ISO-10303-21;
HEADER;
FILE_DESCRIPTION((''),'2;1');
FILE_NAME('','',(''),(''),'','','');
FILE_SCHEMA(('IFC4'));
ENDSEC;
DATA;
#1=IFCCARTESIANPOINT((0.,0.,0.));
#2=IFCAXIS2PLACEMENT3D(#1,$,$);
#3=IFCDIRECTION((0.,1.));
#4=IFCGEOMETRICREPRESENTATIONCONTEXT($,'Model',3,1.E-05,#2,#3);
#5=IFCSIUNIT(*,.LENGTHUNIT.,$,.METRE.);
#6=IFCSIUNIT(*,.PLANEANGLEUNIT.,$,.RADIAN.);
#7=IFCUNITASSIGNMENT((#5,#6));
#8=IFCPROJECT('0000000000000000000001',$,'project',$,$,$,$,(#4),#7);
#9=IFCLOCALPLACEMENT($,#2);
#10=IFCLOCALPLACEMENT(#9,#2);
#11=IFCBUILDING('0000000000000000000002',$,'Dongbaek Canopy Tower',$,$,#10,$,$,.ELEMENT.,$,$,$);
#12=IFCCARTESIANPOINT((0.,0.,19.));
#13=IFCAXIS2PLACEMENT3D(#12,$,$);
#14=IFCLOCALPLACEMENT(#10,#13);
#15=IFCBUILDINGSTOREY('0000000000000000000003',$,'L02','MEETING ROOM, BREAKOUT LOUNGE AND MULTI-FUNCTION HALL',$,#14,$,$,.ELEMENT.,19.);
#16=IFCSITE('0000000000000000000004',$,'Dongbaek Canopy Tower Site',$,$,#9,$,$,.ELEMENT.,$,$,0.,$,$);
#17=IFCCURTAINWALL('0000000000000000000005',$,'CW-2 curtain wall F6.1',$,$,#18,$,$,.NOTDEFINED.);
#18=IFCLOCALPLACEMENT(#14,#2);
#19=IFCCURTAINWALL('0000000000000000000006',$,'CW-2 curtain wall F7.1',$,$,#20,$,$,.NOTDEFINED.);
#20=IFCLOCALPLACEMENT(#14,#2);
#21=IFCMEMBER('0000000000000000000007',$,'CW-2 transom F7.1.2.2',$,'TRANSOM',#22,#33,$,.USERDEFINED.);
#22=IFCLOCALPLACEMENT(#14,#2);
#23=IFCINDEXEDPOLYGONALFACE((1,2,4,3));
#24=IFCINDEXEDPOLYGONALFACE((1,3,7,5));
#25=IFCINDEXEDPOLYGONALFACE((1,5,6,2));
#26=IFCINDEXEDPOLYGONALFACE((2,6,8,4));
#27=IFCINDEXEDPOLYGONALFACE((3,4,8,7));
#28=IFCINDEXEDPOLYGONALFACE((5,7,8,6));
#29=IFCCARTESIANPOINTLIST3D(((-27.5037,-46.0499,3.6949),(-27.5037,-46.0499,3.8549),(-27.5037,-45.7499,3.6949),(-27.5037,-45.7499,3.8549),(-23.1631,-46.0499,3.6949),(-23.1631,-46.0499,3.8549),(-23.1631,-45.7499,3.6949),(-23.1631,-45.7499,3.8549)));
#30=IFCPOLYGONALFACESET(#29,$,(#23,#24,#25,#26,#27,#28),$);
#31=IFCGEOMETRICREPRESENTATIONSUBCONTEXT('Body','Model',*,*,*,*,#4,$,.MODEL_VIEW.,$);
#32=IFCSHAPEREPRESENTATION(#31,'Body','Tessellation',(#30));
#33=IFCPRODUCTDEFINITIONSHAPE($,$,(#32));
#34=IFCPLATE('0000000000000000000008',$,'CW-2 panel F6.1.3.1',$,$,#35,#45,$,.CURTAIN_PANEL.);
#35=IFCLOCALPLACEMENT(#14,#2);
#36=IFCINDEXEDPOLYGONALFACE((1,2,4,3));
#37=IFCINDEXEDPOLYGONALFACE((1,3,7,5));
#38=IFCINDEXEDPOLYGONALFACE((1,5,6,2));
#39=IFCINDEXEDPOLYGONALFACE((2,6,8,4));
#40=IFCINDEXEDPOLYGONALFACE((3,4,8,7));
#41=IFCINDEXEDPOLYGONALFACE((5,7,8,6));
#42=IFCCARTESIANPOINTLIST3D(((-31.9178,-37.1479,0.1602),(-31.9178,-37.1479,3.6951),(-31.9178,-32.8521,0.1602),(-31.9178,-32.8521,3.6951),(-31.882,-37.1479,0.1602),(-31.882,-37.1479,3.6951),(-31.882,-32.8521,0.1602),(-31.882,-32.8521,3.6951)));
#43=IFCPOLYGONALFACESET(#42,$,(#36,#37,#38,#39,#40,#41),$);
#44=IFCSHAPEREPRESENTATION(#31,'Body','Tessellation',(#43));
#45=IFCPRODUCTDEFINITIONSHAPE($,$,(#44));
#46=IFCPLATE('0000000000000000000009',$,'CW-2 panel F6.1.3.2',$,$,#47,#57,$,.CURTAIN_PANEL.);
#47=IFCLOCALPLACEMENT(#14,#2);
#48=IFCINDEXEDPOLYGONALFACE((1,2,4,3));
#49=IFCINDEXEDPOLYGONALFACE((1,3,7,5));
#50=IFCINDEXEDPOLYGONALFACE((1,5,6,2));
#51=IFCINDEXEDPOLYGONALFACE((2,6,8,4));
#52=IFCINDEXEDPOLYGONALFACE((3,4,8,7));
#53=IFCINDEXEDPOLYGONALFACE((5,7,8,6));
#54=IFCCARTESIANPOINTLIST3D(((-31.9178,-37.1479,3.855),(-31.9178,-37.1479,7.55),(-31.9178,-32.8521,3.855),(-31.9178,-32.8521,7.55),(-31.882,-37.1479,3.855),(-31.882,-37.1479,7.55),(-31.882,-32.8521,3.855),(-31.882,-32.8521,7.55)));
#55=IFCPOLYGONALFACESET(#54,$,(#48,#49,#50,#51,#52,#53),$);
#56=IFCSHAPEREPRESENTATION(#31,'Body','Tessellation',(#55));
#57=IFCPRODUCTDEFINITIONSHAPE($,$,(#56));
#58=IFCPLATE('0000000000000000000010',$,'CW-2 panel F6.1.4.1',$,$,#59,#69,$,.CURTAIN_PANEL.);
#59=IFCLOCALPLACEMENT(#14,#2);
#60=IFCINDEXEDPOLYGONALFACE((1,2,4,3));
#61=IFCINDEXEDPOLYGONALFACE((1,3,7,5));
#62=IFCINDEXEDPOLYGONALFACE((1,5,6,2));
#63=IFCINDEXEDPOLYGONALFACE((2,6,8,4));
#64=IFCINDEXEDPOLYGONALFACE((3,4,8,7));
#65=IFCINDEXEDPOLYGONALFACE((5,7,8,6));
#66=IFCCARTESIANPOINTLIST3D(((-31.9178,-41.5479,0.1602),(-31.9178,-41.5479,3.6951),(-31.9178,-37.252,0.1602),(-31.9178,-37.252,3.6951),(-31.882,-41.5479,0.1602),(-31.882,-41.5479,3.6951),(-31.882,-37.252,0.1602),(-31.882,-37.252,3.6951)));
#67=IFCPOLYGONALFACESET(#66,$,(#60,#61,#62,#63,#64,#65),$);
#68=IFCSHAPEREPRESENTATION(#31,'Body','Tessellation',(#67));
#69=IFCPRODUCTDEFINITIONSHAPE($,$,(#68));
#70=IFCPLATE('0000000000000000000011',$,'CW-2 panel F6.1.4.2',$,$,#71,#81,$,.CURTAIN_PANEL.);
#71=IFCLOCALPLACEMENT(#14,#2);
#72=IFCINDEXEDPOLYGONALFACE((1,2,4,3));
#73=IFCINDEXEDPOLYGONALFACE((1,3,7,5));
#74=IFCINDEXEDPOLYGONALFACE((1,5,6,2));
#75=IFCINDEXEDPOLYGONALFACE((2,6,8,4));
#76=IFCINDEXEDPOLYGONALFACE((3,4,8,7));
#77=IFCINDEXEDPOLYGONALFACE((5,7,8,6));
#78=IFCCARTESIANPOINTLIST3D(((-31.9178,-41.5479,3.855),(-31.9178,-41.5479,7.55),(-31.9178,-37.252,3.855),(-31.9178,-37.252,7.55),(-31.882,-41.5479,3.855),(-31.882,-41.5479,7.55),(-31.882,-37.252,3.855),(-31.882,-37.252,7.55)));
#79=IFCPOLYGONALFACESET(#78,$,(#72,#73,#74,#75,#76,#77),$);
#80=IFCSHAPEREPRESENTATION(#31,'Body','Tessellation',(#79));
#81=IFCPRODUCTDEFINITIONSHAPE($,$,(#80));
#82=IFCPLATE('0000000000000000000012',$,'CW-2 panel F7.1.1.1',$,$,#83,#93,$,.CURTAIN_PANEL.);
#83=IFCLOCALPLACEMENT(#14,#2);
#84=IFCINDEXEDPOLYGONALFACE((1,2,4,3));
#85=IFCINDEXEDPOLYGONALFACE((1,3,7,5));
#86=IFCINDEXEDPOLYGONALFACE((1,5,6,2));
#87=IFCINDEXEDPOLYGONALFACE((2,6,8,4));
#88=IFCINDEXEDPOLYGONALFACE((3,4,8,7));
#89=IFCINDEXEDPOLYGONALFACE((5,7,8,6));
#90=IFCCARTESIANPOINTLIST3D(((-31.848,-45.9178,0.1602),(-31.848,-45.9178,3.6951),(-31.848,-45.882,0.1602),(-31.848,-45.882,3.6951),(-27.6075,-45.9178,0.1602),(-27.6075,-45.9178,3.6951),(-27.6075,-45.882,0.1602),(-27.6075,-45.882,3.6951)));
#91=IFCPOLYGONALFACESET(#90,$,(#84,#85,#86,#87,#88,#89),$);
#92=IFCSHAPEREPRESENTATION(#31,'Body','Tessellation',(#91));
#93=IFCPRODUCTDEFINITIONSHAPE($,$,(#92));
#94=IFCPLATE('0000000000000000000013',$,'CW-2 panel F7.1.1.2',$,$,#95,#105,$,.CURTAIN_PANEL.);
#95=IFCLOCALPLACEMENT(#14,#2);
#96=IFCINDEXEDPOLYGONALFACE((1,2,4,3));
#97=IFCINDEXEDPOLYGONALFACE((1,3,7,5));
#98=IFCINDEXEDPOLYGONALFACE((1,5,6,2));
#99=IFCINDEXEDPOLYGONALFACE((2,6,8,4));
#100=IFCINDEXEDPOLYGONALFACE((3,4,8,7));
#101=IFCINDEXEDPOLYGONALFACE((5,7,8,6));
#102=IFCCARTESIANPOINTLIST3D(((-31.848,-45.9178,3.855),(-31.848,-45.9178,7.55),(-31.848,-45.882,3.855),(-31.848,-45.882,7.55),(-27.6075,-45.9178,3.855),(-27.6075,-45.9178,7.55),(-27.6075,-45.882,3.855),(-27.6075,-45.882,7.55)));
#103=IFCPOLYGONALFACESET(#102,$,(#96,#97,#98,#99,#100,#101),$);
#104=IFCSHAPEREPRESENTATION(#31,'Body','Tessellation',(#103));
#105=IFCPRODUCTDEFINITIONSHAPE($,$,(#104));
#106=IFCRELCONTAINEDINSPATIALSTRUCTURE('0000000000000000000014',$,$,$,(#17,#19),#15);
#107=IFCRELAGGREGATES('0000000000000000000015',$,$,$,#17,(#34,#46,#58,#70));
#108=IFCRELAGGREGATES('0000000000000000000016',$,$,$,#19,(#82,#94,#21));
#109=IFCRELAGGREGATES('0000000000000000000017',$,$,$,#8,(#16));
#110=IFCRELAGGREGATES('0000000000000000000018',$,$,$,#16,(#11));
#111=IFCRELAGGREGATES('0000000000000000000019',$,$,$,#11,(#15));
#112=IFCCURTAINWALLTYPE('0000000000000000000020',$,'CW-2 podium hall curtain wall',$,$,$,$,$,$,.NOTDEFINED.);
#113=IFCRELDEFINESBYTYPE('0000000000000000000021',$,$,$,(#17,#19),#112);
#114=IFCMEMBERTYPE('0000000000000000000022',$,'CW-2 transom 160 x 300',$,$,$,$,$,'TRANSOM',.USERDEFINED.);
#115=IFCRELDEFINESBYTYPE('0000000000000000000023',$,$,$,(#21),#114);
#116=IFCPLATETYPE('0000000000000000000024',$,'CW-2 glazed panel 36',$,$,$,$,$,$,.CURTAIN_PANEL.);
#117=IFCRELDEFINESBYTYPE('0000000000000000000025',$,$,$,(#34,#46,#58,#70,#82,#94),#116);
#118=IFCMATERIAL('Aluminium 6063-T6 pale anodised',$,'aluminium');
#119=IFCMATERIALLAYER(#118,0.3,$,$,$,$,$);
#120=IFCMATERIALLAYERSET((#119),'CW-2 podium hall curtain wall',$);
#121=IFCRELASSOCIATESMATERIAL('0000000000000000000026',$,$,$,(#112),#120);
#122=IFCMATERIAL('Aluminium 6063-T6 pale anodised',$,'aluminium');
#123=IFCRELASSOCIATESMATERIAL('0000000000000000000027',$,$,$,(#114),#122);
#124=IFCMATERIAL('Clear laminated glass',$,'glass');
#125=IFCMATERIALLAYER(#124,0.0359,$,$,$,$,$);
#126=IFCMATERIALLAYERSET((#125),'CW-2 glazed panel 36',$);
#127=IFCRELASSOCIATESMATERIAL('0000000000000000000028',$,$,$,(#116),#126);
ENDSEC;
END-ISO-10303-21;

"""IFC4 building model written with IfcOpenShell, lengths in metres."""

from ifc_helpers import new_model, si_unit, direction, frame, origin, origin_2d, place, context, subcontext, project, spatial, rectangle, extrude, material, layer, layer_set, material_profile, profile_set, type_object, element, aggregate, save


model = new_model("IFC4")

# Units and contexts
model_context = context("Model", 3, precision=1e-05, world=origin(), true_north=direction((0.0, 1.0)))
body_context = subcontext(model_context, "Body", "Model", "MODEL_VIEW")
ifc_project = project(units=[si_unit("LENGTHUNIT", "METRE"), si_unit("PLANEANGLEUNIT", "RADIAN")], contexts=[model_context])

# Site, building, storey
site_placement = place(None, origin())
site = spatial("IfcSite", under=ifc_project, at=site_placement, Name="Dongbaek Canopy Tower Site", CompositionType="ELEMENT", RefElevation=0.0)
building_placement = place(site_placement, origin())
building = spatial("IfcBuilding", under=site, at=building_placement, Name="Dongbaek Canopy Tower", CompositionType="ELEMENT")
storey_placement = place(building_placement, frame((0.0, 0.0, 19.0)))
storey = spatial("IfcBuildingStorey", under=building, at=storey_placement, Name="L02", Description="MEETING ROOM, BREAKOUT LOUNGE AND MULTI-FUNCTION HALL", CompositionType="ELEMENT", Elevation=19.0)

# Curtain wall
ifc_material_1 = material(Name="Aluminium 6063-T6 pale anodised", Category="aluminium")
ifc_layer_1 = layer(ifc_material_1, 0.3)
ifc_layer_set_1 = layer_set([ifc_layer_1], Name="CW-2 podium hall curtain wall")
curtain_wall_type = type_object("IfcCurtainWallType", Name="CW-2 podium hall curtain wall", PredefinedType="NOTDEFINED", material=ifc_layer_set_1)
curtain_wall_1_placement = place(storey_placement, origin())
curtain_wall_1 = element("IfcCurtainWall", 1, at=curtain_wall_1_placement, inside=storey, type_object=curtain_wall_type, Name="CW-2 curtain wall F6.1", PredefinedType="NOTDEFINED")

# Curtain wall
curtain_wall_2_placement = place(storey_placement, origin())
curtain_wall_2 = element("IfcCurtainWall", 2, at=curtain_wall_2_placement, inside=storey, type_object=curtain_wall_type, Name="CW-2 curtain wall F7.1", PredefinedType="NOTDEFINED")

# Member
ifc_material_2 = material(Name="Aluminium 6063-T6 pale anodised", Category="aluminium")
ifc_material_profile_1 = material_profile(ifc_material_2, rectangle(XDim=0.3, YDim=0.1599, at=origin_2d()), Name="CW-2 transom 160 x 300")
ifc_profile_set_1 = profile_set([ifc_material_profile_1], Name="Aluminium 6063-T6 pale anodised")
member_type_1 = type_object("IfcMemberType", Name="CW-2 transom 160 x 300", ElementType="TRANSOM", PredefinedType="USERDEFINED", material=ifc_profile_set_1)
member_1_placement = place(storey_placement, frame((-27.5037, -45.8999, 3.7749), z_axis=(1.0, 0.0, 0.0), x_axis=(0.0, 1.0, 0.0)))
member_1 = element("IfcMember", 3, at=member_1_placement, type_object=member_type_1, Name="CW-2 transom F7.1.2.2", ObjectType="TRANSOM", PredefinedType="USERDEFINED", context=body_context, shape_type="SweptSolid", body=[
    extrude(rectangle(XDim=0.3, YDim=0.1599, at=origin_2d()), origin(), (0.0, 0.0, 1.0), 4.3406),
])

# Plates
ifc_material_3 = material(Name="Clear laminated glass", Category="glass")
ifc_layer_2 = layer(ifc_material_3, 0.0359)
ifc_layer_set_2 = layer_set([ifc_layer_2], Name="CW-2 glazed panel 36")
plate_type = type_object("IfcPlateType", Name="CW-2 glazed panel 36", PredefinedType="CURTAIN_PANEL", material=ifc_layer_set_2)
plate_1_placement = place(storey_placement, frame((-31.8999, -35.0, 0.1602), z_axis=(0.0, 0.0, 1.0), x_axis=(0.0, -1.0, 0.0)))
plate_1 = element("IfcPlate", 4, at=plate_1_placement, type_object=plate_type, Name="CW-2 panel F6.1.3.1", PredefinedType="CURTAIN_PANEL", context=body_context, shape_type="SweptSolid", body=[
    extrude(rectangle(XDim=4.2959, YDim=0.0359, at=origin_2d()), origin(), (0.0, 0.0, 1.0), 3.5349),
])
plate_2_placement = place(storey_placement, frame((-31.8999, -35.0, 3.855), z_axis=(0.0, 0.0, 1.0), x_axis=(0.0, -1.0, 0.0)))
plate_2 = element("IfcPlate", 5, at=plate_2_placement, type_object=plate_type, Name="CW-2 panel F6.1.3.2", PredefinedType="CURTAIN_PANEL", context=body_context, shape_type="SweptSolid", body=[
    extrude(rectangle(XDim=4.2959, YDim=0.0359, at=origin_2d()), origin(), (0.0, 0.0, 1.0), 3.6951),
])
plate_3_placement = place(storey_placement, frame((-31.8999, -39.3999, 0.1602), z_axis=(0.0, 0.0, 1.0), x_axis=(0.0, -1.0, 0.0)))
plate_3 = element("IfcPlate", 6, at=plate_3_placement, type_object=plate_type, Name="CW-2 panel F6.1.4.1", PredefinedType="CURTAIN_PANEL", context=body_context, shape_type="SweptSolid", body=[
    extrude(rectangle(XDim=4.2959, YDim=0.0359, at=origin_2d()), origin(), (0.0, 0.0, 1.0), 3.5349),
])
plate_4_placement = place(storey_placement, frame((-31.8999, -39.3999, 3.855), z_axis=(0.0, 0.0, 1.0), x_axis=(0.0, -1.0, 0.0)))
plate_4 = element("IfcPlate", 7, at=plate_4_placement, type_object=plate_type, Name="CW-2 panel F6.1.4.2", PredefinedType="CURTAIN_PANEL", context=body_context, shape_type="SweptSolid", body=[
    extrude(rectangle(XDim=4.2959, YDim=0.0359, at=origin_2d()), origin(), (0.0, 0.0, 1.0), 3.6951),
])
aggregate(curtain_wall_1, [plate_1, plate_2, plate_3, plate_4])
plate_5_placement = place(storey_placement, frame((-29.7278, -45.8999, 0.1602), z_axis=(0.0, 0.0, 1.0), x_axis=(1.0, 0.0, 0.0)))
plate_5 = element("IfcPlate", 8, at=plate_5_placement, type_object=plate_type, Name="CW-2 panel F7.1.1.1", PredefinedType="CURTAIN_PANEL", context=body_context, shape_type="SweptSolid", body=[
    extrude(rectangle(XDim=4.2405, YDim=0.0359, at=origin_2d()), origin(), (0.0, 0.0, 1.0), 3.5349),
])
plate_6_placement = place(storey_placement, frame((-29.7278, -45.8999, 3.855), z_axis=(0.0, 0.0, 1.0), x_axis=(1.0, 0.0, 0.0)))
plate_6 = element("IfcPlate", 9, at=plate_6_placement, type_object=plate_type, Name="CW-2 panel F7.1.1.2", PredefinedType="CURTAIN_PANEL", context=body_context, shape_type="SweptSolid", body=[
    extrude(rectangle(XDim=4.2405, YDim=0.0359, at=origin_2d()), origin(), (0.0, 0.0, 1.0), 3.6951),
])
aggregate(curtain_wall_2, [plate_5, plate_6, member_1])

save(model, "model.ifc")
